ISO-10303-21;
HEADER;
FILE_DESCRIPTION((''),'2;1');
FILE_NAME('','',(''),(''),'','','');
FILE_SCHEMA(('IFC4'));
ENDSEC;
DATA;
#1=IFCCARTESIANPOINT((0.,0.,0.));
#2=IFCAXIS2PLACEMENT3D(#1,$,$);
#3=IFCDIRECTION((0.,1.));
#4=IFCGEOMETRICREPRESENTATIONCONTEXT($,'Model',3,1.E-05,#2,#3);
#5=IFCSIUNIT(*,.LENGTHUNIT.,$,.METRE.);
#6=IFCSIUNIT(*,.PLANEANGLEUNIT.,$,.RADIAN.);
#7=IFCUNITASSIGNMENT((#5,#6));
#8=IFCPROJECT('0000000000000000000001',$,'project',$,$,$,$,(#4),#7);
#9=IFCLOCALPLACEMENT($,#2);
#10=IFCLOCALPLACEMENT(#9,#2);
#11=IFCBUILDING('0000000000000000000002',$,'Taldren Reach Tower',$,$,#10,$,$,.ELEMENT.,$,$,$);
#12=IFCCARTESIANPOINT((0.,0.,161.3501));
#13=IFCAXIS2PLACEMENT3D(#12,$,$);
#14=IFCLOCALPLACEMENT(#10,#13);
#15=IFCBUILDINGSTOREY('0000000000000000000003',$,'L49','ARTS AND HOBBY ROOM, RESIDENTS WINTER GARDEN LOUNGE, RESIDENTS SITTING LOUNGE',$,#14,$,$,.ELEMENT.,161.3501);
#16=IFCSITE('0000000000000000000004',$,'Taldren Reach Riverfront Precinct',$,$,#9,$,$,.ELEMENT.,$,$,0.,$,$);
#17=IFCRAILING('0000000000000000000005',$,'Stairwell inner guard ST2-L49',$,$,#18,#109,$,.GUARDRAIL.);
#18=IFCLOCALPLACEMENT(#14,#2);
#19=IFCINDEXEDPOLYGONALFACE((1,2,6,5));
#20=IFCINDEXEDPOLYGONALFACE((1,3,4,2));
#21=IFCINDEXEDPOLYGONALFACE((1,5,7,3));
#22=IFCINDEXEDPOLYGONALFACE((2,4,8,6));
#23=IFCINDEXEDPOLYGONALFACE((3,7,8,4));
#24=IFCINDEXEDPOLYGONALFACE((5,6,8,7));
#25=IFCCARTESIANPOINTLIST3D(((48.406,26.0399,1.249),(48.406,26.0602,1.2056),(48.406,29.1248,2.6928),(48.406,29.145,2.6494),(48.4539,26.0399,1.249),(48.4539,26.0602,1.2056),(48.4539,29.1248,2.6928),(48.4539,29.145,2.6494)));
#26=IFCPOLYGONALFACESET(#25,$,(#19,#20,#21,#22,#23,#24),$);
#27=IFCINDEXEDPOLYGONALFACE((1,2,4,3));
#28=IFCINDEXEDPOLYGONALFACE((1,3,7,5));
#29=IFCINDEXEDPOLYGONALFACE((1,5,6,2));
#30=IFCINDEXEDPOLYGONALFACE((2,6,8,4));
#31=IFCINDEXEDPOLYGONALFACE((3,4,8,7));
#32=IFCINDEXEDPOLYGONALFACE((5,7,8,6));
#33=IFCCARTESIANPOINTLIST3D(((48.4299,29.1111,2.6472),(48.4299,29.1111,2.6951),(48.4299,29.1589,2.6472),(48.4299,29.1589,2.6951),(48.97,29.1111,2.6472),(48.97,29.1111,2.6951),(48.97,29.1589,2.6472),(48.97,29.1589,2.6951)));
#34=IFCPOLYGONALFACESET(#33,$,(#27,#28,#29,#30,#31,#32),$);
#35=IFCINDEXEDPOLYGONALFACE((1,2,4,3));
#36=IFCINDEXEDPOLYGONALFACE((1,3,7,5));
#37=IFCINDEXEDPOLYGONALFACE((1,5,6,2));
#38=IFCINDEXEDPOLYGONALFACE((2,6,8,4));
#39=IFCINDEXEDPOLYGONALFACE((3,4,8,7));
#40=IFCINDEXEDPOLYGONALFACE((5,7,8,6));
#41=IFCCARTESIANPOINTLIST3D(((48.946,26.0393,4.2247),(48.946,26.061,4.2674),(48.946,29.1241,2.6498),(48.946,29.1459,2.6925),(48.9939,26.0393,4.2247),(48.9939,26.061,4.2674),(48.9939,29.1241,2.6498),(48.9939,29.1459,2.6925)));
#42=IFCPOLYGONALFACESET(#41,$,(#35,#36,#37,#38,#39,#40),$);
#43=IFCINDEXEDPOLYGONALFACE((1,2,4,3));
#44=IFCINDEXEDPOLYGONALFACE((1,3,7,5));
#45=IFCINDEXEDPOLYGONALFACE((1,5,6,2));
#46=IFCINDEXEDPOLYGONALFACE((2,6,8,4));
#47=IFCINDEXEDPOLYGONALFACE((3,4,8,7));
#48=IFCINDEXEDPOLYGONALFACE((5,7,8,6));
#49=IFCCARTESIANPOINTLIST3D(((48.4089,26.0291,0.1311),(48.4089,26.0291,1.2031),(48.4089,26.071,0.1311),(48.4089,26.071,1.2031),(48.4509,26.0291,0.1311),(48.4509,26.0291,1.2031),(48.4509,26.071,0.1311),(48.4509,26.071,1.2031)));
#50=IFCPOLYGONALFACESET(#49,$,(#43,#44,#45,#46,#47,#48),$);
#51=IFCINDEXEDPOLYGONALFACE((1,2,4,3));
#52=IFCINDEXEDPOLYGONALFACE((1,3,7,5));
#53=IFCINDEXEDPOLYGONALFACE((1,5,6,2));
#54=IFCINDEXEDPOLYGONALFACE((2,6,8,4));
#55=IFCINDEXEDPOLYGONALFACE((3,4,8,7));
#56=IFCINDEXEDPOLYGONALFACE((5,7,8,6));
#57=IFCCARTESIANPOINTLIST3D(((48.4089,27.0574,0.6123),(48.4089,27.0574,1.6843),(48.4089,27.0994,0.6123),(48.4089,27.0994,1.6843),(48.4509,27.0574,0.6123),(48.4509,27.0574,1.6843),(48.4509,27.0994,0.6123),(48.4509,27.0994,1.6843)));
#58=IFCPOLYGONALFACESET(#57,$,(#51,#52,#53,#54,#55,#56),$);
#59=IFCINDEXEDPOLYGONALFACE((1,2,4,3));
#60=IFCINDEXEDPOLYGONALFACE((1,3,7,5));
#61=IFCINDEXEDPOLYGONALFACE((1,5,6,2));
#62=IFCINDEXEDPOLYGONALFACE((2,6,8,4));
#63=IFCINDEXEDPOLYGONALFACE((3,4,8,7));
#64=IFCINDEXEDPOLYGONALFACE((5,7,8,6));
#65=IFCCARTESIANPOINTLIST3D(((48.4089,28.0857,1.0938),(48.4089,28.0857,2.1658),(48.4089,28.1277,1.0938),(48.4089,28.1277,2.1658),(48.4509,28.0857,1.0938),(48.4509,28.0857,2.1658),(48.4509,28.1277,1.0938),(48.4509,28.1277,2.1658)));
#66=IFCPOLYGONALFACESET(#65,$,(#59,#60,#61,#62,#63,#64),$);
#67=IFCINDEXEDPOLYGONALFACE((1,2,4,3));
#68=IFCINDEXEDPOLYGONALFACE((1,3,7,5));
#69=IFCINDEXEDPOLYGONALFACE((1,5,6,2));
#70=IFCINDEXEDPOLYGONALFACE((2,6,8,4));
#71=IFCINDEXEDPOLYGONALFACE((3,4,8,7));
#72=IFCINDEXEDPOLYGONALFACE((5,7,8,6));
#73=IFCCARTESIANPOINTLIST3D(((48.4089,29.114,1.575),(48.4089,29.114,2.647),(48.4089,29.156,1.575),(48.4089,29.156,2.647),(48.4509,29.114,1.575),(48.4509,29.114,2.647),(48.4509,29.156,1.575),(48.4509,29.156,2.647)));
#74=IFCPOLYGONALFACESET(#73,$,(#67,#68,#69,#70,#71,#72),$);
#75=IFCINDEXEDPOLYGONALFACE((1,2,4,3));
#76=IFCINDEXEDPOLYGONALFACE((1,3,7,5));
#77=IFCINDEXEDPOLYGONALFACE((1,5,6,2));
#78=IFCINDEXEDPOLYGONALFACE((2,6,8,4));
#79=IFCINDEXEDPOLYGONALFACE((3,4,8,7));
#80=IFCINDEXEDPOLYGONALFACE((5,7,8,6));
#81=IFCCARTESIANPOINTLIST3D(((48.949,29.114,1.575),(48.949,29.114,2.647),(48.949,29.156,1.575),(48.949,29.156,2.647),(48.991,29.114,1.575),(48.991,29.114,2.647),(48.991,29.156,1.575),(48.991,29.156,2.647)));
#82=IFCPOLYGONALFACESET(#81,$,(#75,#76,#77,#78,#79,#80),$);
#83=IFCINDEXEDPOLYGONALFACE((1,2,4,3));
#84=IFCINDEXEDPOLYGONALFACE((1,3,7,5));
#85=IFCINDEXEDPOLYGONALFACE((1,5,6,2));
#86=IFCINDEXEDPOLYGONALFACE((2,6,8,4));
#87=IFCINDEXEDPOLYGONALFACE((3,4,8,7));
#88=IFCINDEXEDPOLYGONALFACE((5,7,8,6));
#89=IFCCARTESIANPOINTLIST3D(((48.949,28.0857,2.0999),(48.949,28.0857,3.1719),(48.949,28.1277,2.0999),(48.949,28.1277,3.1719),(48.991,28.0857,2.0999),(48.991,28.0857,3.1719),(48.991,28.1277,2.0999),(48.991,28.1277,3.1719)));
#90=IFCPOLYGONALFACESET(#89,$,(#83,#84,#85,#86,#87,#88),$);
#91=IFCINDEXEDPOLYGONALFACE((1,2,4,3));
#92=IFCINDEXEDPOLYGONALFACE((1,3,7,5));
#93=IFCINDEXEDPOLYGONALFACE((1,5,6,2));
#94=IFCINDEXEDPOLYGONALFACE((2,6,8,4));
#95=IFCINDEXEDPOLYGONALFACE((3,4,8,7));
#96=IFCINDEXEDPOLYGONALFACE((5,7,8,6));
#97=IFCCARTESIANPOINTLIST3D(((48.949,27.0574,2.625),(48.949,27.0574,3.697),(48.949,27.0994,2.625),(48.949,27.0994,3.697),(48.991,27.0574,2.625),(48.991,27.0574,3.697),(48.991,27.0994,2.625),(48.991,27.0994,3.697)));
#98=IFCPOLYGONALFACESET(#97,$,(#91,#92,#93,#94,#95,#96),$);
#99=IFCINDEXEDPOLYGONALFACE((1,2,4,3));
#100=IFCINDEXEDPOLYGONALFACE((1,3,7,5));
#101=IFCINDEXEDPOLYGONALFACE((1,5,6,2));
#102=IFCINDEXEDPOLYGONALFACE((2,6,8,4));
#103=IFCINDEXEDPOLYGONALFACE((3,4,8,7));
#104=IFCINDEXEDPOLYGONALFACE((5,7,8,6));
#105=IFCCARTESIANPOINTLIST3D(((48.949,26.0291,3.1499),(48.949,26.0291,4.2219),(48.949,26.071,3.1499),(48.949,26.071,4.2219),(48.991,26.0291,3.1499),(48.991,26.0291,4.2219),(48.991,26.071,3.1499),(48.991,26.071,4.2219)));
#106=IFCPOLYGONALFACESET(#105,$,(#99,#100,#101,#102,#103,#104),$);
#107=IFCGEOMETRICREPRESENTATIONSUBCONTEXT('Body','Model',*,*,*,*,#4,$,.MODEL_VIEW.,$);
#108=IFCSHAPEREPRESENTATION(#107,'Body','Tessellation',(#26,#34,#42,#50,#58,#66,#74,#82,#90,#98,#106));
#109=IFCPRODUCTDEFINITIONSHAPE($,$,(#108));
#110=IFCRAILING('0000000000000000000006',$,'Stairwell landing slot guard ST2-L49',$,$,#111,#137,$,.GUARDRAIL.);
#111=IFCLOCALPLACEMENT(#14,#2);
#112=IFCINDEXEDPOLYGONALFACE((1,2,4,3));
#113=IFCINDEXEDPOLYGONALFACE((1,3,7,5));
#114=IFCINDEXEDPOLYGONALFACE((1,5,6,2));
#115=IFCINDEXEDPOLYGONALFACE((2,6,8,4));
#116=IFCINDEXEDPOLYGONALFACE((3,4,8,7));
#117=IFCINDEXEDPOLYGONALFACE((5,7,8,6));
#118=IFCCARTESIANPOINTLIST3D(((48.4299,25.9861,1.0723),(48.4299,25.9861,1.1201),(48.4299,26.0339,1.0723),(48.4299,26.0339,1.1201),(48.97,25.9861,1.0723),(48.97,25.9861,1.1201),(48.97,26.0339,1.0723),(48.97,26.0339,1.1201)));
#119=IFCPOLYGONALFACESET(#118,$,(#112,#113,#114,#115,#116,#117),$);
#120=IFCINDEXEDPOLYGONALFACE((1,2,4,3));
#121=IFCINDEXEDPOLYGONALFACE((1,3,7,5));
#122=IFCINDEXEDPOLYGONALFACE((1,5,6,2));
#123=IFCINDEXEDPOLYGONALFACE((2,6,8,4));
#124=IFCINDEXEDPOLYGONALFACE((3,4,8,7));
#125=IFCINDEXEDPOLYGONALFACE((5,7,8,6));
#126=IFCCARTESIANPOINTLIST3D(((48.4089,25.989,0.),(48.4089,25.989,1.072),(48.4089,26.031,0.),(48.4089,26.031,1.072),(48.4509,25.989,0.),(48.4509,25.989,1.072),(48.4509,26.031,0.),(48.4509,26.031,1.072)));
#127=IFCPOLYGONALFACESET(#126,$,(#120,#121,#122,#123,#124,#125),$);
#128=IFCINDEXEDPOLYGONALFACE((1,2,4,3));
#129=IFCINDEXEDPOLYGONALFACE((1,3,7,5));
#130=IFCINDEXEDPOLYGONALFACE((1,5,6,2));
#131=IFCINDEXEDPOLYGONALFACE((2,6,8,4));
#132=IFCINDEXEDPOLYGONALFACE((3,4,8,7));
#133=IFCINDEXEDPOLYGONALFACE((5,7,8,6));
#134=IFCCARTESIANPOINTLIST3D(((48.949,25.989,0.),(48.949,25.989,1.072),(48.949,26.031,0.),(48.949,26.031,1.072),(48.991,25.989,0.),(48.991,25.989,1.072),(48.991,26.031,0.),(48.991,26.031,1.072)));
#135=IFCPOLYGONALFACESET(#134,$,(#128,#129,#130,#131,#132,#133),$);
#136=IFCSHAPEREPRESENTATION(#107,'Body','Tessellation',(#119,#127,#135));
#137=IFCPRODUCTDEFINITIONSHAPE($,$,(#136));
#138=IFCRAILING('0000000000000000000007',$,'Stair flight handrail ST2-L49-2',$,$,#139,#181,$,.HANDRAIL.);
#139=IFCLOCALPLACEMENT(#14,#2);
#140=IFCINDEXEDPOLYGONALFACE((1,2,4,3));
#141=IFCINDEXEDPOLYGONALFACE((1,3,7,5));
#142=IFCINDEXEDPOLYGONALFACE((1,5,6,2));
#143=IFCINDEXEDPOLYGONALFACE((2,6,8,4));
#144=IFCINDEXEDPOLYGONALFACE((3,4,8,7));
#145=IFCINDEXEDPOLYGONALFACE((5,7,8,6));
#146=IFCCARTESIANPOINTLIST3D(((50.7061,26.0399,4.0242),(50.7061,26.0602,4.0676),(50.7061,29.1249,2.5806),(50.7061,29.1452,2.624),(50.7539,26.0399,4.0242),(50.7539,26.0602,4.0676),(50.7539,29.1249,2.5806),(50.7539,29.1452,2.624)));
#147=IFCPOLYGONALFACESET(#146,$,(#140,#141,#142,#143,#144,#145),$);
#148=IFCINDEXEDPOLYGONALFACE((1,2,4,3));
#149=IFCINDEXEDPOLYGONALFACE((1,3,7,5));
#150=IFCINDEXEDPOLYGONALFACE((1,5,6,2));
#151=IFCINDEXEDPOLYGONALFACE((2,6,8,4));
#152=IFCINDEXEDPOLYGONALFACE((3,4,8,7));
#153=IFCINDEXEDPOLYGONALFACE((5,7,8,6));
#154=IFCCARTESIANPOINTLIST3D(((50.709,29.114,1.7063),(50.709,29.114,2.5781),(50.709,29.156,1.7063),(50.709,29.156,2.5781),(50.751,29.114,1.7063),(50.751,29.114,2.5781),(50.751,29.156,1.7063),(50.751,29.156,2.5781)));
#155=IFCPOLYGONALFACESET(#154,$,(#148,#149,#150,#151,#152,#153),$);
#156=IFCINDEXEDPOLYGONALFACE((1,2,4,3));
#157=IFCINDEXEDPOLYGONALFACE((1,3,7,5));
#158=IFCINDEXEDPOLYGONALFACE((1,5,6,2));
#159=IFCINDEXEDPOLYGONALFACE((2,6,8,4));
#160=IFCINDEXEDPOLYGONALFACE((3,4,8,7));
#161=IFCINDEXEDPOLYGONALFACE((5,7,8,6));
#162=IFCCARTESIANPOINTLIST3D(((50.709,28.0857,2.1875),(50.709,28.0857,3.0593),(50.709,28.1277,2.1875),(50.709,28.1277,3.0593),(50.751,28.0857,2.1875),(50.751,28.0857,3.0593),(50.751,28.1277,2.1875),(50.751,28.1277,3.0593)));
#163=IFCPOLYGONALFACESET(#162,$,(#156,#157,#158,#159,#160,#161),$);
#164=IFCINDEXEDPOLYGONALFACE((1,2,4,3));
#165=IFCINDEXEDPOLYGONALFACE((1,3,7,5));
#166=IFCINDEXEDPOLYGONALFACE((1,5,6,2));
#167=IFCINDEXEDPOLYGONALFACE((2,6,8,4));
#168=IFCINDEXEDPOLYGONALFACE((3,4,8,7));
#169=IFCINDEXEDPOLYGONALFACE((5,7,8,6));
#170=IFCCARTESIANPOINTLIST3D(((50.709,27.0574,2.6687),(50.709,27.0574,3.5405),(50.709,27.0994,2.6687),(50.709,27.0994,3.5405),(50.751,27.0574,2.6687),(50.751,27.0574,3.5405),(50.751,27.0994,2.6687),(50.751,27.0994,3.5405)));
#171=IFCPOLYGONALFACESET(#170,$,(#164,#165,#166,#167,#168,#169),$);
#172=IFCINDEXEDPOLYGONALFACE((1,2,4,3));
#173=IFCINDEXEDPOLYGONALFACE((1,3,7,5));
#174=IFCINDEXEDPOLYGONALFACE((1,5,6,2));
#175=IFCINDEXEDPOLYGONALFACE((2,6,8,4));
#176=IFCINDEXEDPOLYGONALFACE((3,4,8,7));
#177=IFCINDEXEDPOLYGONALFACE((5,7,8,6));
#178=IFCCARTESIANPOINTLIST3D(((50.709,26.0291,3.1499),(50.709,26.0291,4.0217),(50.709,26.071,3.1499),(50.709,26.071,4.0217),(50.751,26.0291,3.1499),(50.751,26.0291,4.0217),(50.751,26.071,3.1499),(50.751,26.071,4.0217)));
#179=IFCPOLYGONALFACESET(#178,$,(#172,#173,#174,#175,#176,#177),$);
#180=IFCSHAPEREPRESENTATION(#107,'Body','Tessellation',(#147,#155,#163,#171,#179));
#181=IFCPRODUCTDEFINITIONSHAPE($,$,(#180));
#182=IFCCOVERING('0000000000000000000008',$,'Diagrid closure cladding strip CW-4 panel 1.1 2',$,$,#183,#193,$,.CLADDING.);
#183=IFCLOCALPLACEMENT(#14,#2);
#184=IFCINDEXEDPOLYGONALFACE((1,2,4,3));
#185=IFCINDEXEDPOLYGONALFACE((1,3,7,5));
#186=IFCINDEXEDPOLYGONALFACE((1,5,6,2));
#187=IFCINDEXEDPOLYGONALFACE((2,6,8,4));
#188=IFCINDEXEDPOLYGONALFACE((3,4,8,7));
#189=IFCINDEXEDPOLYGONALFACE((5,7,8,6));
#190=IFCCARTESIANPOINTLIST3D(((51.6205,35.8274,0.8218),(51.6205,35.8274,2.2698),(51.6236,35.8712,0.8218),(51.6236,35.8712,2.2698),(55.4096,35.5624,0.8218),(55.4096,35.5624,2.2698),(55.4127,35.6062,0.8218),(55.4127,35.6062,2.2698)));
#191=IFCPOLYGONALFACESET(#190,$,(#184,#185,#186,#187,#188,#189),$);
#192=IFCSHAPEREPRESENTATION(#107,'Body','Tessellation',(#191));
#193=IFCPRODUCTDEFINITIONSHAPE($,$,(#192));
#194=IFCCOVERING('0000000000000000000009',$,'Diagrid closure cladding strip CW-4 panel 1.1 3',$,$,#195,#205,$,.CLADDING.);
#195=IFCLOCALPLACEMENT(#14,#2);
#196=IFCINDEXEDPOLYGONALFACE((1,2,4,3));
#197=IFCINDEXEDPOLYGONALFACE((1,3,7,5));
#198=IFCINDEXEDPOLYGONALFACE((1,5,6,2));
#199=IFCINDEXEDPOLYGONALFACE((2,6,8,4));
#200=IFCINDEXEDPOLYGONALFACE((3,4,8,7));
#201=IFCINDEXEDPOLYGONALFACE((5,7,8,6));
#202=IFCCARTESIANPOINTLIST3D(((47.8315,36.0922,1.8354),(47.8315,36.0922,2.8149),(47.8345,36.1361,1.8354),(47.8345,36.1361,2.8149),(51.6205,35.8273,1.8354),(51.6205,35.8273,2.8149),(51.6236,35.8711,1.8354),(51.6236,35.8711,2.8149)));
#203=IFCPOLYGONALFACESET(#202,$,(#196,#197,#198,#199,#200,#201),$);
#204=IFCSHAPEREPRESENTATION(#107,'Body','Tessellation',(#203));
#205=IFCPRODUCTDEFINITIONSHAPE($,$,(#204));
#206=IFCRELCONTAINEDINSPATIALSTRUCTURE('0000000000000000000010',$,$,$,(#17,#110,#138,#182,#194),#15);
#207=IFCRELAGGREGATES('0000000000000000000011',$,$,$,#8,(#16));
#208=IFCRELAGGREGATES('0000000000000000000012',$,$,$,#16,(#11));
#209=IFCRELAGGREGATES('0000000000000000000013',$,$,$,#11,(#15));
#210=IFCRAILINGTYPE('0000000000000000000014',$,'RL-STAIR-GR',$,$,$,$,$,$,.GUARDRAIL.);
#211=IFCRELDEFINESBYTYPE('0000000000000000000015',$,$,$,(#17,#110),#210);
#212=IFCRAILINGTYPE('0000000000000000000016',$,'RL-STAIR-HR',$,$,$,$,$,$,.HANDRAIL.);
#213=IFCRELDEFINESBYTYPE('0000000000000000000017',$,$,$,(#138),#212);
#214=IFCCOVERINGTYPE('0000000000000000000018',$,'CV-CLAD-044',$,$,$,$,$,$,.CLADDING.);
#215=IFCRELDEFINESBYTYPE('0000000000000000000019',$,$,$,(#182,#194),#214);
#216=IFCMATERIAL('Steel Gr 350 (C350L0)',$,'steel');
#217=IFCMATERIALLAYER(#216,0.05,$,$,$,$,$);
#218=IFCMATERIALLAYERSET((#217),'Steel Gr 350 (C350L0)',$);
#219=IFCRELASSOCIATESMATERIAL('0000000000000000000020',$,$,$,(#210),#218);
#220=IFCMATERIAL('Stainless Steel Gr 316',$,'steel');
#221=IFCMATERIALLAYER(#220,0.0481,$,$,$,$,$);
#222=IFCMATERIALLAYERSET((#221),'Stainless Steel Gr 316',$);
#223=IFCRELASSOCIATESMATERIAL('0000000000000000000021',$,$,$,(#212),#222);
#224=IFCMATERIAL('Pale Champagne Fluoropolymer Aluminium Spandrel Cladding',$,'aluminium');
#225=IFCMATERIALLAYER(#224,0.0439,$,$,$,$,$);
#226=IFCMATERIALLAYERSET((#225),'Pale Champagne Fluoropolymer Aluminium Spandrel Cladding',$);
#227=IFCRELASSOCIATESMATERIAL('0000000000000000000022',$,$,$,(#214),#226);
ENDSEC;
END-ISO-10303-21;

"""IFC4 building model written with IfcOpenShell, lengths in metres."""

from ifc_helpers import new_model, si_unit, direction, frame, origin, origin_2d, place, context, subcontext, project, spatial, rectangle, extrude, source, transform, mapped, material, layer, layer_set, type_object, element, save


model = new_model("IFC4")

# Units and contexts
model_context = context("Model", 3, precision=1e-05, world=origin(), true_north=direction((0.0, 1.0)))
body_context = subcontext(model_context, "Body", "Model", "MODEL_VIEW")
ifc_project = project(units=[si_unit("LENGTHUNIT", "METRE"), si_unit("PLANEANGLEUNIT", "RADIAN")], contexts=[model_context])

# Site, building, storey
site_placement = place(None, origin())
site = spatial("IfcSite", under=ifc_project, at=site_placement, Name="Taldren Reach Riverfront Precinct", CompositionType="ELEMENT", RefElevation=0.0)
building_placement = place(site_placement, origin())
building = spatial("IfcBuilding", under=site, at=building_placement, Name="Taldren Reach Tower", CompositionType="ELEMENT")
storey_placement = place(building_placement, frame((0.0, 0.0, 161.3501)))
storey = spatial("IfcBuildingStorey", under=building, at=storey_placement, Name="L49", Description="ARTS AND HOBBY ROOM, RESIDENTS WINTER GARDEN LOUNGE, RESIDENTS SITTING LOUNGE", CompositionType="ELEMENT", Elevation=161.3501)

# Shared definitions
ifc_material_1 = material(Name="Steel Gr 350 (C350L0)", Category="steel")

# Railings
ifc_layer_1 = layer(ifc_material_1, 0.05)
ifc_layer_set_1 = layer_set([ifc_layer_1], Name="Steel Gr 350 (C350L0)")
railing_type_1 = type_object("IfcRailingType", Name="RL-STAIR-GR", PredefinedType="GUARDRAIL", material=ifc_layer_set_1)
railing_1_placement = place(storey_placement, frame((48.4299, 26.05, 0.1311)))
element("IfcRailing", 1, at=railing_1_placement, inside=storey, type_object=railing_type_1, Name="Stairwell inner guard ST2-L49", PredefinedType="GUARDRAIL", context=body_context, shape_type="SweptSolid", body=[
    extrude(rectangle(XDim=0.0479, YDim=0.0479, at=origin_2d()), frame((0.0, 0.0, 1.0962), z_axis=(0.0, 0.90571, 0.423898), x_axis=(-1.0, 0.0, 0.0)), (0.0, 0.0, 1.0), 3.406),
    extrude(rectangle(XDim=0.0479, YDim=0.0479, at=origin_2d()), frame((0.0, 3.085, 2.54), z_axis=(1.0, 0.0, 0.0), x_axis=(0.0, 1.0, 0.0)), (0.0, 0.0, 1.0), 0.54),
    extrude(rectangle(XDim=0.0479, YDim=0.0479, at=origin_2d()), frame((0.54, 3.085, 2.54), z_axis=(0.0, -0.890646, 0.454697), x_axis=(1.0, 0.0, 0.0)), (0.0, 0.0, 1.0), 3.4636),
    extrude(rectangle(XDim=0.042, YDim=0.042, at=origin_2d()), origin(), (0.0, 0.0, 1.0), 1.072),
    extrude(rectangle(XDim=0.042, YDim=0.042, at=origin_2d()), frame((0.0, 1.0283, 0.4812)), (0.0, 0.0, 1.0), 1.072),
    extrude(rectangle(XDim=0.042, YDim=0.042, at=origin_2d()), frame((0.0, 2.0566, 0.9626)), (0.0, 0.0, 1.0), 1.072),
    extrude(rectangle(XDim=0.042, YDim=0.042, at=origin_2d()), frame((0.0, 3.085, 1.4438)), (0.0, 0.0, 1.0), 1.072),
    extrude(rectangle(XDim=0.042, YDim=0.042, at=origin_2d()), frame((0.54, 3.085, 1.4438)), (0.0, 0.0, 1.0), 1.072),
    extrude(rectangle(XDim=0.042, YDim=0.042, at=origin_2d()), frame((0.54, 2.0566, 1.9688)), (0.0, 0.0, 1.0), 1.072),
    extrude(rectangle(XDim=0.042, YDim=0.042, at=origin_2d()), frame((0.54, 1.0283, 2.4939)), (0.0, 0.0, 1.0), 1.072),
    extrude(rectangle(XDim=0.042, YDim=0.042, at=origin_2d()), frame((0.54, 0.0, 3.0188)), (0.0, 0.0, 1.0), 1.072),
])
railing_2_placement = place(storey_placement, frame((48.4299, 26.01, 0.0)))
element("IfcRailing", 2, at=railing_2_placement, inside=storey, type_object=railing_type_1, Name="Stairwell landing slot guard ST2-L49", PredefinedType="GUARDRAIL", context=body_context, shape_type="SweptSolid", body=[
    extrude(rectangle(XDim=0.0479, YDim=0.0479, at=origin_2d()), frame((0.0, 0.0, 1.0962), z_axis=(1.0, 0.0, 0.0), x_axis=(0.0, 1.0, 0.0)), (0.0, 0.0, 1.0), 0.54),
    extrude(rectangle(XDim=0.042, YDim=0.042, at=origin_2d()), origin(), (0.0, 0.0, 1.0), 1.072),
    extrude(rectangle(XDim=0.042, YDim=0.042, at=origin_2d()), frame((0.54, 0.0, 0.0)), (0.0, 0.0, 1.0), 1.072),
])
ifc_material_2 = material(Name="Stainless Steel Gr 316", Category="steel")
ifc_layer_2 = layer(ifc_material_2, 0.0481)
ifc_layer_set_2 = layer_set([ifc_layer_2], Name="Stainless Steel Gr 316")
railing_type_2 = type_object("IfcRailingType", Name="RL-STAIR-HR", PredefinedType="HANDRAIL", material=ifc_layer_set_2)
railing_3_placement = place(storey_placement, frame((50.73, 29.135, 1.7063)))
element("IfcRailing", 3, at=railing_3_placement, inside=storey, type_object=railing_type_2, Name="Stair flight handrail ST2-L49-2", PredefinedType="HANDRAIL", context=body_context, shape_type="SweptSolid", body=[
    extrude(rectangle(XDim=0.0479, YDim=0.0479, at=origin_2d()), frame((0.0, 0.0, 0.896), z_axis=(0.0, -0.905738, 0.423839), x_axis=(1.0, 0.0, 0.0)), (0.0, 0.0, 1.0), 3.406),
    extrude(rectangle(XDim=0.042, YDim=0.042, at=origin_2d()), origin(), (0.0, 0.0, 1.0), 0.8718),
    extrude(rectangle(XDim=0.042, YDim=0.042, at=origin_2d()), frame((0.0, -1.0283, 0.4812)), (0.0, 0.0, 1.0), 0.8718),
    extrude(rectangle(XDim=0.042, YDim=0.042, at=origin_2d()), frame((0.0, -2.0566, 0.9624)), (0.0, 0.0, 1.0), 0.8718),
    extrude(rectangle(XDim=0.042, YDim=0.042, at=origin_2d()), frame((0.0, -3.085, 1.4436)), (0.0, 0.0, 1.0), 0.8718),
])

# Coverings
ifc_material_3 = material(Name="Pale Champagne Fluoropolymer Aluminium Spandrel Cladding", Category="aluminium")
ifc_layer_3 = layer(ifc_material_3, 0.0439)
ifc_layer_set_3 = layer_set([ifc_layer_3], Name="Pale Champagne Fluoropolymer Aluminium Spandrel Cladding")
covering_type = type_object("IfcCoveringType", Name="CV-CLAD-044", PredefinedType="CLADDING", material=ifc_layer_set_3)
shared_shape_1 = source(origin(), body_context, "Body", "SweptSolid", [
    extrude(rectangle(XDim=3.7983, YDim=0.0439, at=origin_2d()), origin(), (0.0, 0.0, 1.0), 1.448),
])
covering_1_placement = place(storey_placement, frame((53.5166, 35.7168, 0.8218), z_axis=(0.0, 0.0, 1.0), x_axis=(-0.997564, 0.069757, 0.0)))
element("IfcCovering", 4, at=covering_1_placement, inside=storey, type_object=covering_type, Name="Diagrid closure cladding strip CW-4 panel 1.1 2", PredefinedType="CLADDING", context=body_context, shape_type="MappedRepresentation", body=[
    mapped(shared_shape_1, transform((0.0, 0.0, 0.0), scale=1.0)),
])
shared_shape_2 = source(origin(), body_context, "Body", "SweptSolid", [
    extrude(rectangle(XDim=3.7983, YDim=0.0439, at=origin_2d()), origin(), (0.0, 0.0, 1.0), 0.9795),
])
covering_2_placement = place(storey_placement, frame((49.7275, 35.9817, 1.8354), z_axis=(0.0, 0.0, 1.0), x_axis=(-0.997564, 0.069757, 0.0)))
element("IfcCovering", 5, at=covering_2_placement, inside=storey, type_object=covering_type, Name="Diagrid closure cladding strip CW-4 panel 1.1 3", PredefinedType="CLADDING", context=body_context, shape_type="MappedRepresentation", body=[
    mapped(shared_shape_2, transform((0.0, 0.0, 0.0), scale=1.0)),
])

save(model, "model.ifc")
